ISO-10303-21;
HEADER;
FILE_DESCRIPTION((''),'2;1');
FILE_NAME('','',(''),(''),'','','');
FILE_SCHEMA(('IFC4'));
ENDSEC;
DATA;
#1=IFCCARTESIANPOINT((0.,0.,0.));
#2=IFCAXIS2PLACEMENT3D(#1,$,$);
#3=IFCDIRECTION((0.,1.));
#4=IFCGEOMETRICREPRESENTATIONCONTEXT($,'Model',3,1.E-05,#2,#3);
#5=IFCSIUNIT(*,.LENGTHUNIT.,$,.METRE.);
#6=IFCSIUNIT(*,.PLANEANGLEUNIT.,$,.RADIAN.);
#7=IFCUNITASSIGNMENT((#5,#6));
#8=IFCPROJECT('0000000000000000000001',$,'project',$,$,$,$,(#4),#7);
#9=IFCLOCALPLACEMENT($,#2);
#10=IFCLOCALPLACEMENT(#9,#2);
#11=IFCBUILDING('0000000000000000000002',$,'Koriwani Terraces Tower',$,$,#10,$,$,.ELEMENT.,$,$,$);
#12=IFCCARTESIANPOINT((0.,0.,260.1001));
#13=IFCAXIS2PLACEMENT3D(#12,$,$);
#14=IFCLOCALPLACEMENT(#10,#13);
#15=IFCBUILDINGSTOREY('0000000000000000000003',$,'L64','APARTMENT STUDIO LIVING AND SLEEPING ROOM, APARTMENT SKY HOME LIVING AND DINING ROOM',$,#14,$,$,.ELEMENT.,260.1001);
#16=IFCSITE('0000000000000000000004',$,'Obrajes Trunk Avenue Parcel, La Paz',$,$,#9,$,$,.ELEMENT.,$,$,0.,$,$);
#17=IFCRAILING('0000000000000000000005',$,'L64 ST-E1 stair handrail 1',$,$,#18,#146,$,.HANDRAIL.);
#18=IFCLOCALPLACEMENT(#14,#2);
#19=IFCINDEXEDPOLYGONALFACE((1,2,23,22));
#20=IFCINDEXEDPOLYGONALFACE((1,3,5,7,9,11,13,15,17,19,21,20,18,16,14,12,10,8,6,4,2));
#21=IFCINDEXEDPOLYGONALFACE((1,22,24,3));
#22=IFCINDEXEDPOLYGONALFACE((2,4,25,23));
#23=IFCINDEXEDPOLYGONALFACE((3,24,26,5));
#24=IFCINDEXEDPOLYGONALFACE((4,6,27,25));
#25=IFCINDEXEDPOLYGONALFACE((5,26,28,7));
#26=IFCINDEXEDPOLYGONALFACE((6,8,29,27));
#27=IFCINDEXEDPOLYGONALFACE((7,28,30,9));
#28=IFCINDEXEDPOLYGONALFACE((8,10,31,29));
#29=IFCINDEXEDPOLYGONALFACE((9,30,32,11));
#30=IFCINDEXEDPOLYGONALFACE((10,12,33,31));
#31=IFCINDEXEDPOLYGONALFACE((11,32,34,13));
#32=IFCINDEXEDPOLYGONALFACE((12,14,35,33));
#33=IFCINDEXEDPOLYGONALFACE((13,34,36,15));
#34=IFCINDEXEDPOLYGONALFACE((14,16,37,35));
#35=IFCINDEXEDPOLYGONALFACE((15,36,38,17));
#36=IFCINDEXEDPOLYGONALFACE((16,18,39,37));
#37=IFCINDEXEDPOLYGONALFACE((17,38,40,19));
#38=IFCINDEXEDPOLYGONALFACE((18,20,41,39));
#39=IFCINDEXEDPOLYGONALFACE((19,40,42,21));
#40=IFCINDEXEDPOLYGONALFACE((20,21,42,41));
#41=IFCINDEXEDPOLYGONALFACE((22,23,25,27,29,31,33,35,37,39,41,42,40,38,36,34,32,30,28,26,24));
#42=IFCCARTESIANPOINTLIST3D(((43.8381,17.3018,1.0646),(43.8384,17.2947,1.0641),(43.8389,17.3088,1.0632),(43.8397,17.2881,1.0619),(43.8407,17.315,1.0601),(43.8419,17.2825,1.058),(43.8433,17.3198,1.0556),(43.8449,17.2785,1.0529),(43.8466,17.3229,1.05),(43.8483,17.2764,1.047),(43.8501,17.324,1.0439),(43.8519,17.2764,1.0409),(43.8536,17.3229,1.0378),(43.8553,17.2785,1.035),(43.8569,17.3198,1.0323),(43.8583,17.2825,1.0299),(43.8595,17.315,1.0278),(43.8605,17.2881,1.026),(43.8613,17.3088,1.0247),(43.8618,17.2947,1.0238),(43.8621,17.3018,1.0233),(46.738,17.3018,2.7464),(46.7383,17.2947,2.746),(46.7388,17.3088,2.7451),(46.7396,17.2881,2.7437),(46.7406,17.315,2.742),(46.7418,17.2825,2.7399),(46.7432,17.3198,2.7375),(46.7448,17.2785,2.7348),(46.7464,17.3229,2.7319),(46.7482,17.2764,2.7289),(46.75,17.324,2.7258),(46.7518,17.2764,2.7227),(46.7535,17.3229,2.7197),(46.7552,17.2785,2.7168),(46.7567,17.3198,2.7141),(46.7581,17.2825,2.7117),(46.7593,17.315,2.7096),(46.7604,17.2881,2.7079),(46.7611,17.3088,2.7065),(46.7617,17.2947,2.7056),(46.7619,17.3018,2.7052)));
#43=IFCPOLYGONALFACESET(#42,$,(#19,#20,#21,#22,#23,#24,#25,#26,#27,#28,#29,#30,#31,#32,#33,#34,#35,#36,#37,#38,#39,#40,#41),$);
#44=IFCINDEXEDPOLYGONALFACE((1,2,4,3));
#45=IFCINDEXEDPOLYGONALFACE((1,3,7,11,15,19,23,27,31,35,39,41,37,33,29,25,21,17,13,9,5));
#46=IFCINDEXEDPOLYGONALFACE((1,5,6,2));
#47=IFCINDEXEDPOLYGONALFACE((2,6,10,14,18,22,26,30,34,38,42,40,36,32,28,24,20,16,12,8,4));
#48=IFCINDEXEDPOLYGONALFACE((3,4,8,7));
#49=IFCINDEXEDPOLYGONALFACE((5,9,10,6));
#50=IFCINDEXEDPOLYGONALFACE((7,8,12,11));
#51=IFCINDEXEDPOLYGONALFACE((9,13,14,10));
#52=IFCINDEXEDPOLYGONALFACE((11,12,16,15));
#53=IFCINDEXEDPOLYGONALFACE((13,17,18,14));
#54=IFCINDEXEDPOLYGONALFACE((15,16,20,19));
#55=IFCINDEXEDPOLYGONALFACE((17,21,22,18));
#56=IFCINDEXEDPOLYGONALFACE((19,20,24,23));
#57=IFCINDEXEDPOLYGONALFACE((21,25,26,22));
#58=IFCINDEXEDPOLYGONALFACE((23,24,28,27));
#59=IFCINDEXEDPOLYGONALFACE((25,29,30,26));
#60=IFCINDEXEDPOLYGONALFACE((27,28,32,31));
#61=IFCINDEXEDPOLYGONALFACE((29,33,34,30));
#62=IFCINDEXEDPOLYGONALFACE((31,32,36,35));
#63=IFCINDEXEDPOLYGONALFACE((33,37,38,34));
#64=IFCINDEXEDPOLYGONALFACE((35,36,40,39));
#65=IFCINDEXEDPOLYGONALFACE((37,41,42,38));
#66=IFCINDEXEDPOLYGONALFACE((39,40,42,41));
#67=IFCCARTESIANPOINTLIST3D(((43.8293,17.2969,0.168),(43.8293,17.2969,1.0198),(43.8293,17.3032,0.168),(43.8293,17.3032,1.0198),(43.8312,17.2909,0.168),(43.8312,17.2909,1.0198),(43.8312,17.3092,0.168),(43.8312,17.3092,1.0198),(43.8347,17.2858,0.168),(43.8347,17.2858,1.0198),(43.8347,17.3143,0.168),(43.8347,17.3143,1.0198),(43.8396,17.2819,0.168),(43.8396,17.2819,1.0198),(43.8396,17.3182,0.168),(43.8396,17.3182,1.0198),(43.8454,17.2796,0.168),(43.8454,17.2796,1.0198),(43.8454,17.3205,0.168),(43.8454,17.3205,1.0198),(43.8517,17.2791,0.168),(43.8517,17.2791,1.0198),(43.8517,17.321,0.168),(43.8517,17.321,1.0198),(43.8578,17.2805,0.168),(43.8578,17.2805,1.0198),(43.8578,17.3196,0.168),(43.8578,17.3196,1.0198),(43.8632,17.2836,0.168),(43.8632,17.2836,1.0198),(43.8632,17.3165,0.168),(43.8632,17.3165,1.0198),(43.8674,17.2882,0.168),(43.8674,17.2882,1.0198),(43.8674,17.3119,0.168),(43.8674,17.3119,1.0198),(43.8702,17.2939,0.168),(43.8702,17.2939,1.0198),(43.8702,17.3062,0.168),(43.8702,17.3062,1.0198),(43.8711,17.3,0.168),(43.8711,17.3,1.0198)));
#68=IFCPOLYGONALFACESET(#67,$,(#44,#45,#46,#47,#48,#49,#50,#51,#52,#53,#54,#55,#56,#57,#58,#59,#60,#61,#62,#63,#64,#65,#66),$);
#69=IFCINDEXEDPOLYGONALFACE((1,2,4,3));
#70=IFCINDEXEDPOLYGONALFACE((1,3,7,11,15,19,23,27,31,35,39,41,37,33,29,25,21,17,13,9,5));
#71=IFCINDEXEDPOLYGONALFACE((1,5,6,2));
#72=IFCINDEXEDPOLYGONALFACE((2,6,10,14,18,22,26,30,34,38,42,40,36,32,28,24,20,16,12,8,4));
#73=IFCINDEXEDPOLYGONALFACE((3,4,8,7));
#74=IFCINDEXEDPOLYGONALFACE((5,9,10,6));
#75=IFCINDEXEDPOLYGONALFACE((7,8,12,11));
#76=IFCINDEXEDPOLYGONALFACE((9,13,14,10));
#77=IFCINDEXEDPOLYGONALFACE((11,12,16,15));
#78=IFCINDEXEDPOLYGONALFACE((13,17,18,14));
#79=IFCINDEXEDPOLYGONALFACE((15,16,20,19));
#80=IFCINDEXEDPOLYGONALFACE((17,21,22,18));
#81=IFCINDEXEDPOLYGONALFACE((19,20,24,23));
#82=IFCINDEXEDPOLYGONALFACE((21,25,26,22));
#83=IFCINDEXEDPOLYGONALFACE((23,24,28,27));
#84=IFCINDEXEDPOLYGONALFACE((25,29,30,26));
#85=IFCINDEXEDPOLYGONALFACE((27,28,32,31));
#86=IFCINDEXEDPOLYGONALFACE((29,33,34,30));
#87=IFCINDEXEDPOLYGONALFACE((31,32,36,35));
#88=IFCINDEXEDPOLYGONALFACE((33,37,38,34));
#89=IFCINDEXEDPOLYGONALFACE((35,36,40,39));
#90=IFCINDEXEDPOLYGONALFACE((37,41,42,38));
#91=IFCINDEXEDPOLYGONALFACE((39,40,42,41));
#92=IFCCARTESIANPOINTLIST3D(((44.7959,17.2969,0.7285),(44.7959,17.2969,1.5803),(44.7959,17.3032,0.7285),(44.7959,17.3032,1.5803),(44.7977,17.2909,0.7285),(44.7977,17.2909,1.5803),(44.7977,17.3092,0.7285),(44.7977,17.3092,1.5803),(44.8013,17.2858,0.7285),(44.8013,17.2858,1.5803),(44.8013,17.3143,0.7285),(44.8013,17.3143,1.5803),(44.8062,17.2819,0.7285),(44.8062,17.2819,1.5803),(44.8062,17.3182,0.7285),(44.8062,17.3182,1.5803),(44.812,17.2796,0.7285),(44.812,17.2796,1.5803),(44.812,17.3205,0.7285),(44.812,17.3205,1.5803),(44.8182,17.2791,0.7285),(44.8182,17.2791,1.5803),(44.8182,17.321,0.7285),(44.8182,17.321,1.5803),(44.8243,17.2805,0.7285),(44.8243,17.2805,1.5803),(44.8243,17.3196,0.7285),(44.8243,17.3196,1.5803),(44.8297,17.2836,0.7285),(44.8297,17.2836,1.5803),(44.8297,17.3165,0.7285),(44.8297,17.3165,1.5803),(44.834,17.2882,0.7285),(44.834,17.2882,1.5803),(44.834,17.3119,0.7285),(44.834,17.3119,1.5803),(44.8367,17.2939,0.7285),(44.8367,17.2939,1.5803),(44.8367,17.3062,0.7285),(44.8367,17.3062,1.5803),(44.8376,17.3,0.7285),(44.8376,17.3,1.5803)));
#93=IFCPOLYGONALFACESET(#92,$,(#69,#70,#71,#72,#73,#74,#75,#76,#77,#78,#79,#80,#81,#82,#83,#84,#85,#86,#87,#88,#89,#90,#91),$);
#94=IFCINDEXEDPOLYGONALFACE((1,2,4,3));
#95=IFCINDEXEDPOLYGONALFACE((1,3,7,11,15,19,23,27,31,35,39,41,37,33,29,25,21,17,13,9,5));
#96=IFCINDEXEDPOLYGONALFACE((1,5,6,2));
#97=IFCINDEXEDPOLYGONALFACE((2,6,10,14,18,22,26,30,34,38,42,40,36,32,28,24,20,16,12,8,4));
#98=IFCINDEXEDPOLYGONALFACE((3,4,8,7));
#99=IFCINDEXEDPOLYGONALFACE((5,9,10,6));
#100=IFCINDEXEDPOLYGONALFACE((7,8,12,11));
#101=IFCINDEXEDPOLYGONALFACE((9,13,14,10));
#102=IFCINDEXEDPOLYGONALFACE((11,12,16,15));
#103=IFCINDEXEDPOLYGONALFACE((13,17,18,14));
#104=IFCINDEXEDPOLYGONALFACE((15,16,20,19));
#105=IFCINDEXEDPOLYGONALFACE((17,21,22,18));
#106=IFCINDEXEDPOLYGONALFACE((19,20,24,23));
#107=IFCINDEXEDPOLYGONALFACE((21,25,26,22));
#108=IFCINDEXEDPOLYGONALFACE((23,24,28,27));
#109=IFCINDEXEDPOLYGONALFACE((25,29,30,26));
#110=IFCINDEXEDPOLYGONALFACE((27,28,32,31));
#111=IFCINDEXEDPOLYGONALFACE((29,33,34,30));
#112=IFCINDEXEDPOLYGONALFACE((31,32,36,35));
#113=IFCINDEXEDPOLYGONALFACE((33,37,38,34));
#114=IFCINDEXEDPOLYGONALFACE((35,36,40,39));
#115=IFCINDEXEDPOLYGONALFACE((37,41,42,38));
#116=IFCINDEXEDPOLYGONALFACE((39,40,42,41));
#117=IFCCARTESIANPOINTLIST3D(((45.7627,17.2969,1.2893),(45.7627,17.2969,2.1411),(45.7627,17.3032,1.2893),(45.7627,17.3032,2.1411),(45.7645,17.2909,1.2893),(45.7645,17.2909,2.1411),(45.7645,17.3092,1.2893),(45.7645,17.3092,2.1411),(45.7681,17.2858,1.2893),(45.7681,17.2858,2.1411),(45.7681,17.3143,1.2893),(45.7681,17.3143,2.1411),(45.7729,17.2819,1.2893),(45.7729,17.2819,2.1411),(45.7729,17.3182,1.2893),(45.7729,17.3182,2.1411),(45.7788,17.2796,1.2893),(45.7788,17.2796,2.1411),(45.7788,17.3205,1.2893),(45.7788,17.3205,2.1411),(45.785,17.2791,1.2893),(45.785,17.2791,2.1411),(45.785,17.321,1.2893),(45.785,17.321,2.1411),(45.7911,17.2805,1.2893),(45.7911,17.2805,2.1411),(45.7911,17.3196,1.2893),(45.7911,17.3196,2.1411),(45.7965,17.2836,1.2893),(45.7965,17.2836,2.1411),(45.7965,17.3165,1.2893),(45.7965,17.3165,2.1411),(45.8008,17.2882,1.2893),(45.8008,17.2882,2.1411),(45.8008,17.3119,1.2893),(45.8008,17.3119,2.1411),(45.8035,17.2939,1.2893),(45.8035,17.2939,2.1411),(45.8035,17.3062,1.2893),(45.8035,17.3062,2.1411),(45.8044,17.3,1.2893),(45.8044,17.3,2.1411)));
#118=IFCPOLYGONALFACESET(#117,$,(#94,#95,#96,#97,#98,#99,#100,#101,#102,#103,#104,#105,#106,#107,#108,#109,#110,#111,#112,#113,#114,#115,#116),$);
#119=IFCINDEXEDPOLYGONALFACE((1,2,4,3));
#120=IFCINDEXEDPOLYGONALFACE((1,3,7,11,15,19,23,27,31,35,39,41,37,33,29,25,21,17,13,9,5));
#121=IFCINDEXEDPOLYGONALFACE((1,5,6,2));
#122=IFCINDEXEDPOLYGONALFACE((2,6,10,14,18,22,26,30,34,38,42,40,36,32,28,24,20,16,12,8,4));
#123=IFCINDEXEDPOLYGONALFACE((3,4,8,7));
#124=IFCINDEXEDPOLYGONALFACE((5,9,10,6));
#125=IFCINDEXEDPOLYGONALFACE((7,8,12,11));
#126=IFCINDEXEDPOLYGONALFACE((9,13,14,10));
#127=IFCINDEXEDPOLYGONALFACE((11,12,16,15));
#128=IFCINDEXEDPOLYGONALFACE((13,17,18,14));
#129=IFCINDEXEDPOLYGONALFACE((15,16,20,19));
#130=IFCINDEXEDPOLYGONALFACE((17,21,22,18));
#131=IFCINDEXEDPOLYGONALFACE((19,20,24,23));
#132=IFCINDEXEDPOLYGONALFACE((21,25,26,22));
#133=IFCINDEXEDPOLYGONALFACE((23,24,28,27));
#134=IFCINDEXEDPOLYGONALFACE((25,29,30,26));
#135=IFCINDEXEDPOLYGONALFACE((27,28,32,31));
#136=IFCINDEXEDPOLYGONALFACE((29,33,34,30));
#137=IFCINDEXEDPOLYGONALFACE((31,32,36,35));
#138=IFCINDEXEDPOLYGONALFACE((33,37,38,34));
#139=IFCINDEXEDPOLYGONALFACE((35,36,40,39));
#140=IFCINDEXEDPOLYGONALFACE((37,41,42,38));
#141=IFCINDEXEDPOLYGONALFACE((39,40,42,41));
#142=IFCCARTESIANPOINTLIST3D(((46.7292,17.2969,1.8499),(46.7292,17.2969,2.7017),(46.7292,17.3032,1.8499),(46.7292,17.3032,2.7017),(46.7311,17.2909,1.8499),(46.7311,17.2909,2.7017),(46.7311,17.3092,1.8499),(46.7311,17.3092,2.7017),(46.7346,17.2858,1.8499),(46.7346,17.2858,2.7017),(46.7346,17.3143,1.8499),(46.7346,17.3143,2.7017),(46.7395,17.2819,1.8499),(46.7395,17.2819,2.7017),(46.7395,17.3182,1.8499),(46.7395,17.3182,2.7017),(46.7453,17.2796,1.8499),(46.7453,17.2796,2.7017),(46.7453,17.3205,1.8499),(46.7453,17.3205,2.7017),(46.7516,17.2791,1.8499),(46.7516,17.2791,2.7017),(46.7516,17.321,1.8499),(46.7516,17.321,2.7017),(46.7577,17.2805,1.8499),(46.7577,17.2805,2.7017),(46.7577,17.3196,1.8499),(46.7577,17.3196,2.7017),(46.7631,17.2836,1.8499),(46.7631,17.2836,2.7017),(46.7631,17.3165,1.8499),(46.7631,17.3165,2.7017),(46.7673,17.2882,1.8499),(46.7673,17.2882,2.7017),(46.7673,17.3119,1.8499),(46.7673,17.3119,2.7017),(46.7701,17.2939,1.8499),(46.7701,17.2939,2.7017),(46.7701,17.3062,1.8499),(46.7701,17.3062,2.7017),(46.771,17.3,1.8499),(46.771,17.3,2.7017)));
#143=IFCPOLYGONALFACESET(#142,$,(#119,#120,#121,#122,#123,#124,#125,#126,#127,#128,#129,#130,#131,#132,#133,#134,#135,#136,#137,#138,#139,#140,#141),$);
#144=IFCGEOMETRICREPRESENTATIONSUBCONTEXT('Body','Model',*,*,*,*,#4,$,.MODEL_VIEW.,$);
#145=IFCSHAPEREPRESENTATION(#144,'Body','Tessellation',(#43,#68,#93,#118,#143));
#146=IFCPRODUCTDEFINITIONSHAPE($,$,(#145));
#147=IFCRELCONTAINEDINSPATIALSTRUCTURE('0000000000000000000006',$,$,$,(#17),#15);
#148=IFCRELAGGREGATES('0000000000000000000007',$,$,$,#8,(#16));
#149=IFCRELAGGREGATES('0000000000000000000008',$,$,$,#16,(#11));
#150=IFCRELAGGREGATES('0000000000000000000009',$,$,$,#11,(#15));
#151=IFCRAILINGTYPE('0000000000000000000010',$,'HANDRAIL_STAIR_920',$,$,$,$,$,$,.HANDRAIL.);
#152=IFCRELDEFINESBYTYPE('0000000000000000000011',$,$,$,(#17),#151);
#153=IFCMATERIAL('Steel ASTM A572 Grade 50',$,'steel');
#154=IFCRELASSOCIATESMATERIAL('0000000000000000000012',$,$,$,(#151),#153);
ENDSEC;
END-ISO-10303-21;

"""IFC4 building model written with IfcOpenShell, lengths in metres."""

from ifc_helpers import new_model, si_unit, direction, frame, origin, origin_2d, place, context, subcontext, project, spatial, circle, extrude, material, type_object, element, save


model = new_model("IFC4")

# Units and contexts
model_context = context("Model", 3, precision=1e-05, world=origin(), true_north=direction((0.0, 1.0)))
body_context = subcontext(model_context, "Body", "Model", "MODEL_VIEW")
ifc_project = project(units=[si_unit("LENGTHUNIT", "METRE"), si_unit("PLANEANGLEUNIT", "RADIAN")], contexts=[model_context])

# Site, building, storey
site_placement = place(None, origin())
site = spatial("IfcSite", under=ifc_project, at=site_placement, Name="Obrajes Trunk Avenue Parcel, La Paz", CompositionType="ELEMENT", RefElevation=0.0)
building_placement = place(site_placement, origin())
building = spatial("IfcBuilding", under=site, at=building_placement, Name="Koriwani Terraces Tower", CompositionType="ELEMENT")
storey_placement = place(building_placement, frame((0.0, 0.0, 260.1001)))
storey = spatial("IfcBuildingStorey", under=building, at=storey_placement, Name="L64", Description="APARTMENT STUDIO LIVING AND SLEEPING ROOM, APARTMENT SKY HOME LIVING AND DINING ROOM", CompositionType="ELEMENT", Elevation=260.1001)

# Shared definitions
ifc_material_1 = material(Name="Steel ASTM A572 Grade 50", Category="steel")

# Railing
railing_type_1 = type_object("IfcRailingType", Name="HANDRAIL_STAIR_920", PredefinedType="HANDRAIL", material=ifc_material_1)
railing_1_placement = place(storey_placement, frame((43.8501, 17.3, 0.168)))
element("IfcRailing", 1, at=railing_1_placement, inside=storey, type_object=railing_type_1, Name="L64 ST-E1 stair handrail 1", PredefinedType="HANDRAIL", context=body_context, shape_type="SweptSolid", body=[
    extrude(circle(Radius=0.0239, at=origin_2d()), frame((0.0, 0.0, 0.876), z_axis=(0.865039, 0.0, 0.501705), x_axis=(0.0, 1.0, 0.0)), (0.0, 0.0, 1.0), 3.3523),
    extrude(circle(Radius=0.021, at=origin_2d()), origin(), (0.0, 0.0, 1.0), 0.8518),
    extrude(circle(Radius=0.021, at=origin_2d()), frame((0.9666, 0.0, 0.5605)), (0.0, 0.0, 1.0), 0.8518),
    extrude(circle(Radius=0.021, at=origin_2d()), frame((1.9333, 0.0, 1.1213)), (0.0, 0.0, 1.0), 0.8518),
    extrude(circle(Radius=0.021, at=origin_2d()), frame((2.8999, 0.0, 1.6819)), (0.0, 0.0, 1.0), 0.8518),
])

save(model, "model.ifc")
